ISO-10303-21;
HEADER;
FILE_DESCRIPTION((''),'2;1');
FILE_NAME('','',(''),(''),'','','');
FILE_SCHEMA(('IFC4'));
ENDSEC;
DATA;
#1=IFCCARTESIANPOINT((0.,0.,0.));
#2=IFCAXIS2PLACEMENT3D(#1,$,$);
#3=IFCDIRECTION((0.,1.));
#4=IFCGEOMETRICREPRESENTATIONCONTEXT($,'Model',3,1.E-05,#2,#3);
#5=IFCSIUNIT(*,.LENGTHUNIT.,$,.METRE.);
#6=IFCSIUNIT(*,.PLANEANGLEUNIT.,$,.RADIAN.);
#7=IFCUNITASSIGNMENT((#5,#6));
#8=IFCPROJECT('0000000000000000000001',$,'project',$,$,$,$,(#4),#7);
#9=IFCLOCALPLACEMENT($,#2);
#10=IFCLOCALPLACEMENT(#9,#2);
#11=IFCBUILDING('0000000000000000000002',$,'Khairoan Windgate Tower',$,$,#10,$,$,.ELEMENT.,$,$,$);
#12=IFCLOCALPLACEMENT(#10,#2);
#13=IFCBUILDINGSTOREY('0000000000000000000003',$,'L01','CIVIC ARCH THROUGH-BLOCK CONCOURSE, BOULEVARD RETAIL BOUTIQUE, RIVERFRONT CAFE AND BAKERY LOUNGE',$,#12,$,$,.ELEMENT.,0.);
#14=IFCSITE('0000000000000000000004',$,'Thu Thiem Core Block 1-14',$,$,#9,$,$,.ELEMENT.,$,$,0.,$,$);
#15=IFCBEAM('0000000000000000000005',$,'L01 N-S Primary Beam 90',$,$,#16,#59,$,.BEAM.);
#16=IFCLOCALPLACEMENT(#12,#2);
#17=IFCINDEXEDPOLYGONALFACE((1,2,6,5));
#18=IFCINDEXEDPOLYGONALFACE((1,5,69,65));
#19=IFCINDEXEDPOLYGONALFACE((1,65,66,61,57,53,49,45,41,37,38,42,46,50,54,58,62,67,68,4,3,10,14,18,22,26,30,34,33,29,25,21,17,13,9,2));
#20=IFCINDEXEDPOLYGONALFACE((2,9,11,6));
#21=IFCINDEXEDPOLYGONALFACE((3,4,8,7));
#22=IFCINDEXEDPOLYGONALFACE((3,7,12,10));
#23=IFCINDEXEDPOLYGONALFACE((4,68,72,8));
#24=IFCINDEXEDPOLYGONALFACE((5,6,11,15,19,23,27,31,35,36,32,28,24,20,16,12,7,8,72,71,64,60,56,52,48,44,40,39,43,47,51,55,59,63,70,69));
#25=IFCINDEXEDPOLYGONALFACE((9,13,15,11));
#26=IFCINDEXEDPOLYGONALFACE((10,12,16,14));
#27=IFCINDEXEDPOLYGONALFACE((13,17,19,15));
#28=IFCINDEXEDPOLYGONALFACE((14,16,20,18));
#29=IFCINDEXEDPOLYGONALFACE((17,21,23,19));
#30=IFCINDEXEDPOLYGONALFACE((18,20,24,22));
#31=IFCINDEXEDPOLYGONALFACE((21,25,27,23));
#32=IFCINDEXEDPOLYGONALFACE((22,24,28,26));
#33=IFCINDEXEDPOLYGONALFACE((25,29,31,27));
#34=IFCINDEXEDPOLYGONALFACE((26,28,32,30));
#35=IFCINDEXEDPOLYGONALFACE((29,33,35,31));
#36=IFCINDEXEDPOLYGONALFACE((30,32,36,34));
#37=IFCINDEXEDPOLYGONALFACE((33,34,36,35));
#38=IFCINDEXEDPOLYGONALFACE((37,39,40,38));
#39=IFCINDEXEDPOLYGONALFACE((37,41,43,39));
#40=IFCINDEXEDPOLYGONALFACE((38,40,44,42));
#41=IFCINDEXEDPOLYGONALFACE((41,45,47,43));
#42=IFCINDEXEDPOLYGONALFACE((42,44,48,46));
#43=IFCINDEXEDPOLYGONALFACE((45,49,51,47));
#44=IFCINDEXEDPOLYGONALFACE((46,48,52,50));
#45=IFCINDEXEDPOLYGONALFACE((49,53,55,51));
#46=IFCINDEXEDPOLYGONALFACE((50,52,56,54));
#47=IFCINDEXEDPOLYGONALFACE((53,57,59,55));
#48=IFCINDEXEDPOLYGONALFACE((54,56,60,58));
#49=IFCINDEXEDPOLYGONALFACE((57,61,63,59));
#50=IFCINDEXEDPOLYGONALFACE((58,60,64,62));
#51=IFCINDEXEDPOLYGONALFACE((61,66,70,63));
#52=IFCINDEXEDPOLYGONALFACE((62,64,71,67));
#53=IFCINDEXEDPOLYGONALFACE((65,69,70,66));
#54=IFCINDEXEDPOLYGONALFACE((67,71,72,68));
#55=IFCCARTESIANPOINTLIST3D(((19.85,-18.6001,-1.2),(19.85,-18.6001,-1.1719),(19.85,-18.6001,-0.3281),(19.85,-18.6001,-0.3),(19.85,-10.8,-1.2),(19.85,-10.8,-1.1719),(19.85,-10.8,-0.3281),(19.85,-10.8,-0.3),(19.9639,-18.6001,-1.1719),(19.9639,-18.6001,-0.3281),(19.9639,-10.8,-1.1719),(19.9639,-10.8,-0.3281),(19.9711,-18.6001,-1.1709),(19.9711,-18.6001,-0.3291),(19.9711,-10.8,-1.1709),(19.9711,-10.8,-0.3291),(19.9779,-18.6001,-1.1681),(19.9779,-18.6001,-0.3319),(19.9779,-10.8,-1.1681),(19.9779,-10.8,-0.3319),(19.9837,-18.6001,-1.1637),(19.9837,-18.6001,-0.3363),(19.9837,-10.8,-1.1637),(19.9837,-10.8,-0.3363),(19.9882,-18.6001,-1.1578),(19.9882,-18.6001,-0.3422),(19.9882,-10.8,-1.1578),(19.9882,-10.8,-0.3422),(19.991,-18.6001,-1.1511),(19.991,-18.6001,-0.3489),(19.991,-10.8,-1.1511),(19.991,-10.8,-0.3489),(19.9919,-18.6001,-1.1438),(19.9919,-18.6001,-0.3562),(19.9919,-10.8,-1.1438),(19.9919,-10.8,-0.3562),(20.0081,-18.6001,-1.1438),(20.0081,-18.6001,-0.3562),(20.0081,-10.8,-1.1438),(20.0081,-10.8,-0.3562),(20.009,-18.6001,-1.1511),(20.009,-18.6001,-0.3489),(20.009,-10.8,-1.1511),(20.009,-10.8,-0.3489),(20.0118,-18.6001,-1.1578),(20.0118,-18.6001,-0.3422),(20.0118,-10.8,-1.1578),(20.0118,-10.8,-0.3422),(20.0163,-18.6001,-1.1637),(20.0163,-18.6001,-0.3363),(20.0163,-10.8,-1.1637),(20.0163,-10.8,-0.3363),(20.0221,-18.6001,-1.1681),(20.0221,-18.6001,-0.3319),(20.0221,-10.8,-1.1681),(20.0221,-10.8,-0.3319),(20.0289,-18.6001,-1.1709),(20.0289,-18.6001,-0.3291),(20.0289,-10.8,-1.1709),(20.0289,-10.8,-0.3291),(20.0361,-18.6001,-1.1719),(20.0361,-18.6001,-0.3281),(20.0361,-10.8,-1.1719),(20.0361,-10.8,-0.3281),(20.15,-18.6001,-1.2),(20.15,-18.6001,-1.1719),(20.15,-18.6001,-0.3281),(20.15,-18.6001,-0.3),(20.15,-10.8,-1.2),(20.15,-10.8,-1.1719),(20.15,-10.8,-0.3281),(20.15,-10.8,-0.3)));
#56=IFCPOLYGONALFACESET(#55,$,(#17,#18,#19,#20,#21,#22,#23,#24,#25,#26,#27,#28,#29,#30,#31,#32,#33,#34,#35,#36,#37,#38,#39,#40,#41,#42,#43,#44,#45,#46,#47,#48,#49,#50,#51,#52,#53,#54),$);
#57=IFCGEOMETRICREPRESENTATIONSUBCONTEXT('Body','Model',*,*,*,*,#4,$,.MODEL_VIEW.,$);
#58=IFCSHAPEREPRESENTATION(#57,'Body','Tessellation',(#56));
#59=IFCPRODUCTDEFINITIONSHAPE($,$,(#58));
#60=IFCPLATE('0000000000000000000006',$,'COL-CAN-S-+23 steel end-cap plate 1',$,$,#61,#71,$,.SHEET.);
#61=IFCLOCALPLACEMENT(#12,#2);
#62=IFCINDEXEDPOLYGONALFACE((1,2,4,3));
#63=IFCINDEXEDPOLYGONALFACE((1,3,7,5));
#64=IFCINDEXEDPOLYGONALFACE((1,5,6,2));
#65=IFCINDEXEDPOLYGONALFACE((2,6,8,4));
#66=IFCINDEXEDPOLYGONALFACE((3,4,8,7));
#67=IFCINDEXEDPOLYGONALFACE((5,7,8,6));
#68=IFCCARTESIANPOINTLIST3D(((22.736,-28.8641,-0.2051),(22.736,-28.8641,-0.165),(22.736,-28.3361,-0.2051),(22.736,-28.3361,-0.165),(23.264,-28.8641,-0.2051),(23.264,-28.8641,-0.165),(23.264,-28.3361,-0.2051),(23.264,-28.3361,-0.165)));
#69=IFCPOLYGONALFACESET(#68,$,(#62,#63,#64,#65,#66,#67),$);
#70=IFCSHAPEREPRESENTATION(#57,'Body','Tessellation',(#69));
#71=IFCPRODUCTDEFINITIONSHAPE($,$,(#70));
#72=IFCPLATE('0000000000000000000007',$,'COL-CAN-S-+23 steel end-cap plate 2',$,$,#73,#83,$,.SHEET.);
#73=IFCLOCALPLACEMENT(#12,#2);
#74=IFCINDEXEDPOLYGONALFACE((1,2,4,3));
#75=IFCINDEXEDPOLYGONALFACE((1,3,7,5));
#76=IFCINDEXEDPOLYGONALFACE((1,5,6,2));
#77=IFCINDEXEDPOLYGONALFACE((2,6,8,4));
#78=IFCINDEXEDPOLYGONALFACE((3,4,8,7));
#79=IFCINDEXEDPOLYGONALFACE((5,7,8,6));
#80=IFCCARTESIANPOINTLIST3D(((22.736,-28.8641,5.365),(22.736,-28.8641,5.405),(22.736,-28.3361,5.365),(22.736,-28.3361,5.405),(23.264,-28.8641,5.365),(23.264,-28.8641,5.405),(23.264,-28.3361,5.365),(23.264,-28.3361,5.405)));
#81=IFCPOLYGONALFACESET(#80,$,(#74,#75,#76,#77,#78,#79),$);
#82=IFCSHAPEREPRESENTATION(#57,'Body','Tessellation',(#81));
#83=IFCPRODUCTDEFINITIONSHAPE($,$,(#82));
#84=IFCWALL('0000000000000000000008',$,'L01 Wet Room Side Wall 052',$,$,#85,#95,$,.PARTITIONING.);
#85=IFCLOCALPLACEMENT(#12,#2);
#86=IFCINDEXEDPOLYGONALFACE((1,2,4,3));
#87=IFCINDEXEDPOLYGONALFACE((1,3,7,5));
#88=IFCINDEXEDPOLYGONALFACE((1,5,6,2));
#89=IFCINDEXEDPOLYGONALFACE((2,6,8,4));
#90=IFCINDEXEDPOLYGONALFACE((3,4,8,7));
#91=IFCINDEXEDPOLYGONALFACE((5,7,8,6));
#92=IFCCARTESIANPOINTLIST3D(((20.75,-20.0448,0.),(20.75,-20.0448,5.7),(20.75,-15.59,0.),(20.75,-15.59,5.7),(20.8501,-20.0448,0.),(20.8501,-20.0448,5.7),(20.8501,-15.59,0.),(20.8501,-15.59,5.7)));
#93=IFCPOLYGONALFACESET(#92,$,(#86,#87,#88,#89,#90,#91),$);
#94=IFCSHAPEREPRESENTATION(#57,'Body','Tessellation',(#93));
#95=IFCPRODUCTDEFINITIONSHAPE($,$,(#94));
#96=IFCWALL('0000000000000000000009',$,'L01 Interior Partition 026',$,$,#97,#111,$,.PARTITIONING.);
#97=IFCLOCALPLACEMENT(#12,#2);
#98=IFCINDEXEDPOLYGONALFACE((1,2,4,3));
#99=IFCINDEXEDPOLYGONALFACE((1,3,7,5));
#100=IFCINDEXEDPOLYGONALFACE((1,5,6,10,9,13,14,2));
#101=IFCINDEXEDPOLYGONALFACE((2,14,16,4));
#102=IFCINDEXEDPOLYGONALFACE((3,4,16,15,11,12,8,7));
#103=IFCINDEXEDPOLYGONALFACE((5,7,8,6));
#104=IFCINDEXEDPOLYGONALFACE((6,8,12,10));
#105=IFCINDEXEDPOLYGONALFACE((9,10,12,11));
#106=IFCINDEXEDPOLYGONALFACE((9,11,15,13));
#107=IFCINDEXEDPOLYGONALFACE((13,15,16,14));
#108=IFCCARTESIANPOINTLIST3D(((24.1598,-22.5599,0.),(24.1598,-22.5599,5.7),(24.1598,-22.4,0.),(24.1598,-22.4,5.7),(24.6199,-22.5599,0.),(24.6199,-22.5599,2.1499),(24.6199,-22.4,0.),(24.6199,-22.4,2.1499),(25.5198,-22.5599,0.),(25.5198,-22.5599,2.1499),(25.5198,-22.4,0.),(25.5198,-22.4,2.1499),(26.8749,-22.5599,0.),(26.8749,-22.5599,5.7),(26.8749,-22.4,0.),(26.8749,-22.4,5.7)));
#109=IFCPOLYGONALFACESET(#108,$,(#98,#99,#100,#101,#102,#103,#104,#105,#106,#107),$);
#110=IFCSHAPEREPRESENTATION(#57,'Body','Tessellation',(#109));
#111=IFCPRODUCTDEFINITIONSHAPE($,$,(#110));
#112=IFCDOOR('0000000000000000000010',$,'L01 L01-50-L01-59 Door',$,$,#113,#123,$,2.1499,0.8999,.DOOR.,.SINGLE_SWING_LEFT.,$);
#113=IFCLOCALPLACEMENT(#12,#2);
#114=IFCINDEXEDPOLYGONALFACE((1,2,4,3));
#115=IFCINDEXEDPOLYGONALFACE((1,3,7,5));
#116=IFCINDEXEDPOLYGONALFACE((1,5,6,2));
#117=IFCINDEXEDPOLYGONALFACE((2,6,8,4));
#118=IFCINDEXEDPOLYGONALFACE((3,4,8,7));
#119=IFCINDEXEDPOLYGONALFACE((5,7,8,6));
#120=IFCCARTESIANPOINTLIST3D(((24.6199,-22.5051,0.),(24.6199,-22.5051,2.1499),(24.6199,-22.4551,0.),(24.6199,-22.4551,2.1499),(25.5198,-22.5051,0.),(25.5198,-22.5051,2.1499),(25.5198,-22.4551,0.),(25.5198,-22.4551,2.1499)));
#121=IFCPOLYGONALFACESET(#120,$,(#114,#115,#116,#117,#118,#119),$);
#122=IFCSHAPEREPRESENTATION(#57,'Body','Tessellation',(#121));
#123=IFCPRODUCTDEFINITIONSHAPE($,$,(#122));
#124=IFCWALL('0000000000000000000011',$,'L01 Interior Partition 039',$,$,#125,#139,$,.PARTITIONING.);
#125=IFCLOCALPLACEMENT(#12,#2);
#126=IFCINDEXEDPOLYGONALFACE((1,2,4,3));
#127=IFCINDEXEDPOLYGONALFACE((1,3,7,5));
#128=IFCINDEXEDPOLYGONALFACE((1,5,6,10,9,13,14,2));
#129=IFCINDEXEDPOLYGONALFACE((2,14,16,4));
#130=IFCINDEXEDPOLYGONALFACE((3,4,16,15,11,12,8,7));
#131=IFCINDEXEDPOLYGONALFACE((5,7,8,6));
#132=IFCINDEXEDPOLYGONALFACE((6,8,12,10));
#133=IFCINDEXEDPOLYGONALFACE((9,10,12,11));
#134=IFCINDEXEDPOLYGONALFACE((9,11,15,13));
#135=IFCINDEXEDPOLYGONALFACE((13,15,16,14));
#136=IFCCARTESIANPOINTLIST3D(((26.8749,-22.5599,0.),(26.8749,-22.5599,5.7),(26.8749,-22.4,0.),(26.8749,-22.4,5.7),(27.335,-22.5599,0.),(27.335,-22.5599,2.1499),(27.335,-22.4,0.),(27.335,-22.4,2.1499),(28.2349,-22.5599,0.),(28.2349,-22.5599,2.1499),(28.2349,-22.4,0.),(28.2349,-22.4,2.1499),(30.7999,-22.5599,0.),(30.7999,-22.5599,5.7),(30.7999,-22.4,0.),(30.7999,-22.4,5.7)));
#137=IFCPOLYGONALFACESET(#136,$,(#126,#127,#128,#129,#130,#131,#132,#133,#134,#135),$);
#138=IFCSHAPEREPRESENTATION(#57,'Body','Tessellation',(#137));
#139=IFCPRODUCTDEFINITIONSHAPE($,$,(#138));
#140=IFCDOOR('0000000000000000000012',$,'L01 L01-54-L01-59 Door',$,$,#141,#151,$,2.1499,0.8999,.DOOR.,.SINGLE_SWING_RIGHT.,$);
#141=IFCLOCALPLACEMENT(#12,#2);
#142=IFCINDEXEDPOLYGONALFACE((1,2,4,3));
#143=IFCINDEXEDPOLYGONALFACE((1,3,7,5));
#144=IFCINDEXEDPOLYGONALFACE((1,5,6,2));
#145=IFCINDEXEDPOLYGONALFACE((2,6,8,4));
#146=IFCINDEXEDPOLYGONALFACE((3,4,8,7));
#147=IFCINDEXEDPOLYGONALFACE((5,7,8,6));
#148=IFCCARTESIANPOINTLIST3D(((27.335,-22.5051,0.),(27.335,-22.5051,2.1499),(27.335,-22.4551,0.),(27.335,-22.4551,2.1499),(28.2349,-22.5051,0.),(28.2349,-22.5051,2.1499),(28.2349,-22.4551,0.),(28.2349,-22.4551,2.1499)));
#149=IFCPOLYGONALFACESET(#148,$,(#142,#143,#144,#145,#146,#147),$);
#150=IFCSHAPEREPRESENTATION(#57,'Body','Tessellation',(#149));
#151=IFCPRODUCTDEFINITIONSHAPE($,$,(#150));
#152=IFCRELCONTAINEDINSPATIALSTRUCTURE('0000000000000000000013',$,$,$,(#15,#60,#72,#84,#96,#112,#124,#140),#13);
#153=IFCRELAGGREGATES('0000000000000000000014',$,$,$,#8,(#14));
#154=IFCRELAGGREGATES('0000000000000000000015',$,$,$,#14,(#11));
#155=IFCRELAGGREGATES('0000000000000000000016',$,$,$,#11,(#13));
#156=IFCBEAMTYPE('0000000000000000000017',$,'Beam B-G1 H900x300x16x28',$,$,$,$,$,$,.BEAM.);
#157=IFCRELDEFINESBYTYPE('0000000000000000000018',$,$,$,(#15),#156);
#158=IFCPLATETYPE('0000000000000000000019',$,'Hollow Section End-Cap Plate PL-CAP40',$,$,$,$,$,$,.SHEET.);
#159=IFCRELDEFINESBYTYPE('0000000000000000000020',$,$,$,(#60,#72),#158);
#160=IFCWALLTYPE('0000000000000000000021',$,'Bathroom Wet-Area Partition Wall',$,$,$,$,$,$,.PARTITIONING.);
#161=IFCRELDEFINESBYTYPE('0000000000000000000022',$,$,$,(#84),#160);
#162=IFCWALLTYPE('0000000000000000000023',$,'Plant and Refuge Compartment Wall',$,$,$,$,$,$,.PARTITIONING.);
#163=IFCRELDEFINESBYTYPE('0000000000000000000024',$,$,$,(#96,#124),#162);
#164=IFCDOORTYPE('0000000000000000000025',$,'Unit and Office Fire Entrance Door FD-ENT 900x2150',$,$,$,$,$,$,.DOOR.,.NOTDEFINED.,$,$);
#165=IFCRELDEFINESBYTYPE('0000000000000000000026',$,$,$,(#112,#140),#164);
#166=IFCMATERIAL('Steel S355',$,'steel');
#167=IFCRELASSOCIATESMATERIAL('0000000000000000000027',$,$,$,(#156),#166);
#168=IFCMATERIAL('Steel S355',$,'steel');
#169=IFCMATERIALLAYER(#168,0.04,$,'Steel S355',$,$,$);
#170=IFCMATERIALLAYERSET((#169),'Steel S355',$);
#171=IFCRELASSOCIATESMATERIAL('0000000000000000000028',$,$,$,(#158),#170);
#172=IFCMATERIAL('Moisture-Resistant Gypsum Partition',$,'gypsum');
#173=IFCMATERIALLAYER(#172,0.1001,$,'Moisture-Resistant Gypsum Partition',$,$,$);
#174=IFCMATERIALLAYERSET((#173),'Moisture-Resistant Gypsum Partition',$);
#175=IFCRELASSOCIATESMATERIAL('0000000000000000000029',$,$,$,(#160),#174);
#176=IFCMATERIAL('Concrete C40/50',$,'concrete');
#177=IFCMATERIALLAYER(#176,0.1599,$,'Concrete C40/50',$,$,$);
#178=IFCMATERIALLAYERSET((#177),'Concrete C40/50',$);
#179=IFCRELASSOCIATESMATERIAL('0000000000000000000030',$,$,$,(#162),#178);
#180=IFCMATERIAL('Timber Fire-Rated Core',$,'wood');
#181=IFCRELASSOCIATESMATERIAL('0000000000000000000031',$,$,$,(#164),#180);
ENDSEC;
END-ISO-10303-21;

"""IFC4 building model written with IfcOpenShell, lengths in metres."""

from ifc_helpers import new_model, si_unit, direction, frame, frame_2d, origin, origin_2d, place, context, subcontext, project, spatial, rectangle, i_section, extrude, material, layer, layer_set, material_profile, profile_set, type_object, element, fill, save


model = new_model("IFC4")

# Units and contexts
model_context = context("Model", 3, precision=1e-05, world=origin(), true_north=direction((0.0, 1.0)))
body_context = subcontext(model_context, "Body", "Model", "MODEL_VIEW")
ifc_project = project(units=[si_unit("LENGTHUNIT", "METRE"), si_unit("PLANEANGLEUNIT", "RADIAN")], contexts=[model_context])

# Site, building, storey
site_placement = place(None, origin())
site = spatial("IfcSite", under=ifc_project, at=site_placement, Name="Thu Thiem Core Block 1-14", CompositionType="ELEMENT", RefElevation=0.0)
building_placement = place(site_placement, origin())
building = spatial("IfcBuilding", under=site, at=building_placement, Name="Khairoan Windgate Tower", CompositionType="ELEMENT")
storey_placement = place(building_placement, origin())
storey = spatial("IfcBuildingStorey", under=building, at=storey_placement, Name="L01", Description="CIVIC ARCH THROUGH-BLOCK CONCOURSE, BOULEVARD RETAIL BOUTIQUE, RIVERFRONT CAFE AND BAKERY LOUNGE", CompositionType="ELEMENT", Elevation=0.0)

# Beam
ifc_material_1 = material(Name="Steel S355", Category="steel")
ifc_material_profile_1 = material_profile(ifc_material_1, i_section(OverallWidth=0.3, OverallDepth=0.8999, WebThickness=0.0161, FlangeThickness=0.0281, FilletRadius=0.0281, at=origin_2d()))
ifc_profile_set_1 = profile_set([ifc_material_profile_1], Name="Steel S355")
beam_type = type_object("IfcBeamType", Name="Beam B-G1 H900x300x16x28", PredefinedType="BEAM", material=ifc_profile_set_1)
beam_1_placement = place(storey_placement, frame((20.0, -18.6001, -0.75), z_axis=(0.0, 1.0, 0.0), x_axis=(-1.0, 0.0, 0.0)))
element("IfcBeam", 1, at=beam_1_placement, inside=storey, type_object=beam_type, Name="L01 N-S Primary Beam 90", PredefinedType="BEAM", context=body_context, shape_type="SweptSolid", body=[
    extrude(i_section(OverallWidth=0.3, OverallDepth=0.8999, WebThickness=0.0161, FlangeThickness=0.0281, FilletRadius=0.0281, at=origin_2d()), origin(), (0.0, 0.0, 1.0), 7.8),
])

# Plates
ifc_material_2 = material(Name="Steel S355", Category="steel")
ifc_layer_1 = layer(ifc_material_2, 0.04, Name="Steel S355")
ifc_layer_set_1 = layer_set([ifc_layer_1], Name="Steel S355")
plate_type = type_object("IfcPlateType", Name="Hollow Section End-Cap Plate PL-CAP40", PredefinedType="SHEET", material=ifc_layer_set_1)
for number, where, z_axis, x_axis, name in (
    (2, (23.0, -28.6001, -0.2051), (0.0, 0.0, 1.0), (1.0, 0.0, 0.0), "COL-CAN-S-+23 steel end-cap plate 1"),
    (3, (23.0, -28.6001, 5.365), (0.0, 0.0, 1.0), (1.0, 0.0, 0.0), "COL-CAN-S-+23 steel end-cap plate 2"),
):
    element("IfcPlate", number, at=place(storey_placement, frame(where, z_axis=z_axis, x_axis=x_axis)), inside=storey, type_object=plate_type, Name=name, PredefinedType="SHEET", context=body_context, shape_type="SweptSolid", body=[
        extrude(rectangle(XDim=0.5281, YDim=0.5281, at=origin_2d()), origin(), (0.0, 0.0, 1.0), 0.04),
    ])

# Wall
ifc_material_3 = material(Name="Moisture-Resistant Gypsum Partition", Category="gypsum")
ifc_layer_2 = layer(ifc_material_3, 0.1001, Name="Moisture-Resistant Gypsum Partition")
ifc_layer_set_2 = layer_set([ifc_layer_2], Name="Moisture-Resistant Gypsum Partition")
wall_type_1 = type_object("IfcWallType", Name="Bathroom Wet-Area Partition Wall", PredefinedType="PARTITIONING", material=ifc_layer_set_2)
wall_1_placement = place(storey_placement, frame((20.8, -20.0449, 0.0), z_axis=(0.0, 0.0, 1.0), x_axis=(0.0, 1.0, 0.0)))
element("IfcWall", 4, at=wall_1_placement, inside=storey, type_object=wall_type_1, Name="L01 Wet Room Side Wall 052", PredefinedType="PARTITIONING", context=body_context, shape_type="SweptSolid", body=[
    extrude(rectangle(XDim=4.4548, YDim=0.1001, at=frame_2d((2.2275, 0.0))), origin(), (0.0, 0.0, 1.0), 5.7),
])

# Walls, openings, doors
ifc_material_4 = material(Name="Concrete C40/50", Category="concrete")
ifc_layer_3 = layer(ifc_material_4, 0.1599, Name="Concrete C40/50")
ifc_layer_set_3 = layer_set([ifc_layer_3], Name="Concrete C40/50")
wall_type_2 = type_object("IfcWallType", Name="Plant and Refuge Compartment Wall", PredefinedType="PARTITIONING", material=ifc_layer_set_3)
wall_2_placement = place(storey_placement, frame((24.1599, -22.48, 0.0), z_axis=(0.0, 0.0, 1.0), x_axis=(1.0, 0.0, 0.0)))
wall_2 = element("IfcWall", 5, at=wall_2_placement, inside=storey, type_object=wall_type_2, Name="L01 Interior Partition 026", PredefinedType="PARTITIONING", context=body_context, shape_type="SweptSolid", body=[
    extrude(rectangle(XDim=2.7151, YDim=0.1599, at=frame_2d((1.3574, 0.0))), origin(), (0.0, 0.0, 1.0), 5.7),
])
opening_1_placement = place(wall_2_placement, frame((0.46, 0.0, 0.0)))
opening_1 = element("IfcOpeningElement", 6, at=opening_1_placement, cuts=wall_2, PredefinedType="OPENING", context=body_context, shape_type="SweptSolid", body=[
    extrude(rectangle(XDim=0.8999, YDim=2.1499, at=frame_2d((0.45, 1.075))), frame((0.0, 0.0898, 0.0), z_axis=(0.0, -1.0, 0.0), x_axis=(1.0, 0.0, 0.0)), (0.0, 0.0, 1.0), 0.1799),
])
ifc_material_5 = material(Name="Timber Fire-Rated Core", Category="wood")
door_type_1 = type_object("IfcDoorType", Name="Unit and Office Fire Entrance Door FD-ENT 900x2150", OperationType="NOTDEFINED", PredefinedType="DOOR", material=ifc_material_5)
door_1_placement = place(opening_1_placement, origin())
door_1 = element("IfcDoor", 7, at=door_1_placement, inside=storey, type_object=door_type_1, Name="L01 L01-50-L01-59 Door", OperationType="SINGLE_SWING_LEFT", OverallHeight=2.1499, OverallWidth=0.8999, PredefinedType="DOOR", context=body_context, shape_type="SweptSolid", body=[
    extrude(rectangle(XDim=0.8999, YDim=2.1499, at=frame_2d((0.45, 1.075))), frame((0.0, 0.0249, 0.0), z_axis=(0.0, -1.0, 0.0), x_axis=(1.0, 0.0, 0.0)), (0.0, 0.0, 1.0), 0.05),
])
fill(opening_1, door_1)
wall_3_placement = place(storey_placement, frame((26.875, -22.48, 0.0), z_axis=(0.0, 0.0, 1.0), x_axis=(1.0, 0.0, 0.0)))
wall_3 = element("IfcWall", 8, at=wall_3_placement, inside=storey, type_object=wall_type_2, Name="L01 Interior Partition 039", PredefinedType="PARTITIONING", context=body_context, shape_type="SweptSolid", body=[
    extrude(rectangle(XDim=3.925, YDim=0.1599, at=frame_2d((1.9624, 0.0))), origin(), (0.0, 0.0, 1.0), 5.7),
])
opening_2_placement = place(wall_3_placement, frame((0.46, 0.0, 0.0)))
opening_2 = element("IfcOpeningElement", 9, at=opening_2_placement, cuts=wall_3, PredefinedType="OPENING", context=body_context, shape_type="SweptSolid", body=[
    extrude(rectangle(XDim=0.8999, YDim=2.1499, at=frame_2d((0.45, 1.075))), frame((0.0, 0.0898, 0.0), z_axis=(0.0, -1.0, 0.0), x_axis=(1.0, 0.0, 0.0)), (0.0, 0.0, 1.0), 0.1799),
])
door_2_placement = place(opening_2_placement, origin())
door_2 = element("IfcDoor", 10, at=door_2_placement, inside=storey, type_object=door_type_1, Name="L01 L01-54-L01-59 Door", OperationType="SINGLE_SWING_RIGHT", OverallHeight=2.1499, OverallWidth=0.8999, PredefinedType="DOOR", context=body_context, shape_type="SweptSolid", body=[
    extrude(rectangle(XDim=0.8999, YDim=2.1499, at=frame_2d((0.45, 1.075))), frame((0.0, 0.0249, 0.0), z_axis=(0.0, -1.0, 0.0), x_axis=(1.0, 0.0, 0.0)), (0.0, 0.0, 1.0), 0.05),
])
fill(opening_2, door_2)

save(model, "model.ifc")
